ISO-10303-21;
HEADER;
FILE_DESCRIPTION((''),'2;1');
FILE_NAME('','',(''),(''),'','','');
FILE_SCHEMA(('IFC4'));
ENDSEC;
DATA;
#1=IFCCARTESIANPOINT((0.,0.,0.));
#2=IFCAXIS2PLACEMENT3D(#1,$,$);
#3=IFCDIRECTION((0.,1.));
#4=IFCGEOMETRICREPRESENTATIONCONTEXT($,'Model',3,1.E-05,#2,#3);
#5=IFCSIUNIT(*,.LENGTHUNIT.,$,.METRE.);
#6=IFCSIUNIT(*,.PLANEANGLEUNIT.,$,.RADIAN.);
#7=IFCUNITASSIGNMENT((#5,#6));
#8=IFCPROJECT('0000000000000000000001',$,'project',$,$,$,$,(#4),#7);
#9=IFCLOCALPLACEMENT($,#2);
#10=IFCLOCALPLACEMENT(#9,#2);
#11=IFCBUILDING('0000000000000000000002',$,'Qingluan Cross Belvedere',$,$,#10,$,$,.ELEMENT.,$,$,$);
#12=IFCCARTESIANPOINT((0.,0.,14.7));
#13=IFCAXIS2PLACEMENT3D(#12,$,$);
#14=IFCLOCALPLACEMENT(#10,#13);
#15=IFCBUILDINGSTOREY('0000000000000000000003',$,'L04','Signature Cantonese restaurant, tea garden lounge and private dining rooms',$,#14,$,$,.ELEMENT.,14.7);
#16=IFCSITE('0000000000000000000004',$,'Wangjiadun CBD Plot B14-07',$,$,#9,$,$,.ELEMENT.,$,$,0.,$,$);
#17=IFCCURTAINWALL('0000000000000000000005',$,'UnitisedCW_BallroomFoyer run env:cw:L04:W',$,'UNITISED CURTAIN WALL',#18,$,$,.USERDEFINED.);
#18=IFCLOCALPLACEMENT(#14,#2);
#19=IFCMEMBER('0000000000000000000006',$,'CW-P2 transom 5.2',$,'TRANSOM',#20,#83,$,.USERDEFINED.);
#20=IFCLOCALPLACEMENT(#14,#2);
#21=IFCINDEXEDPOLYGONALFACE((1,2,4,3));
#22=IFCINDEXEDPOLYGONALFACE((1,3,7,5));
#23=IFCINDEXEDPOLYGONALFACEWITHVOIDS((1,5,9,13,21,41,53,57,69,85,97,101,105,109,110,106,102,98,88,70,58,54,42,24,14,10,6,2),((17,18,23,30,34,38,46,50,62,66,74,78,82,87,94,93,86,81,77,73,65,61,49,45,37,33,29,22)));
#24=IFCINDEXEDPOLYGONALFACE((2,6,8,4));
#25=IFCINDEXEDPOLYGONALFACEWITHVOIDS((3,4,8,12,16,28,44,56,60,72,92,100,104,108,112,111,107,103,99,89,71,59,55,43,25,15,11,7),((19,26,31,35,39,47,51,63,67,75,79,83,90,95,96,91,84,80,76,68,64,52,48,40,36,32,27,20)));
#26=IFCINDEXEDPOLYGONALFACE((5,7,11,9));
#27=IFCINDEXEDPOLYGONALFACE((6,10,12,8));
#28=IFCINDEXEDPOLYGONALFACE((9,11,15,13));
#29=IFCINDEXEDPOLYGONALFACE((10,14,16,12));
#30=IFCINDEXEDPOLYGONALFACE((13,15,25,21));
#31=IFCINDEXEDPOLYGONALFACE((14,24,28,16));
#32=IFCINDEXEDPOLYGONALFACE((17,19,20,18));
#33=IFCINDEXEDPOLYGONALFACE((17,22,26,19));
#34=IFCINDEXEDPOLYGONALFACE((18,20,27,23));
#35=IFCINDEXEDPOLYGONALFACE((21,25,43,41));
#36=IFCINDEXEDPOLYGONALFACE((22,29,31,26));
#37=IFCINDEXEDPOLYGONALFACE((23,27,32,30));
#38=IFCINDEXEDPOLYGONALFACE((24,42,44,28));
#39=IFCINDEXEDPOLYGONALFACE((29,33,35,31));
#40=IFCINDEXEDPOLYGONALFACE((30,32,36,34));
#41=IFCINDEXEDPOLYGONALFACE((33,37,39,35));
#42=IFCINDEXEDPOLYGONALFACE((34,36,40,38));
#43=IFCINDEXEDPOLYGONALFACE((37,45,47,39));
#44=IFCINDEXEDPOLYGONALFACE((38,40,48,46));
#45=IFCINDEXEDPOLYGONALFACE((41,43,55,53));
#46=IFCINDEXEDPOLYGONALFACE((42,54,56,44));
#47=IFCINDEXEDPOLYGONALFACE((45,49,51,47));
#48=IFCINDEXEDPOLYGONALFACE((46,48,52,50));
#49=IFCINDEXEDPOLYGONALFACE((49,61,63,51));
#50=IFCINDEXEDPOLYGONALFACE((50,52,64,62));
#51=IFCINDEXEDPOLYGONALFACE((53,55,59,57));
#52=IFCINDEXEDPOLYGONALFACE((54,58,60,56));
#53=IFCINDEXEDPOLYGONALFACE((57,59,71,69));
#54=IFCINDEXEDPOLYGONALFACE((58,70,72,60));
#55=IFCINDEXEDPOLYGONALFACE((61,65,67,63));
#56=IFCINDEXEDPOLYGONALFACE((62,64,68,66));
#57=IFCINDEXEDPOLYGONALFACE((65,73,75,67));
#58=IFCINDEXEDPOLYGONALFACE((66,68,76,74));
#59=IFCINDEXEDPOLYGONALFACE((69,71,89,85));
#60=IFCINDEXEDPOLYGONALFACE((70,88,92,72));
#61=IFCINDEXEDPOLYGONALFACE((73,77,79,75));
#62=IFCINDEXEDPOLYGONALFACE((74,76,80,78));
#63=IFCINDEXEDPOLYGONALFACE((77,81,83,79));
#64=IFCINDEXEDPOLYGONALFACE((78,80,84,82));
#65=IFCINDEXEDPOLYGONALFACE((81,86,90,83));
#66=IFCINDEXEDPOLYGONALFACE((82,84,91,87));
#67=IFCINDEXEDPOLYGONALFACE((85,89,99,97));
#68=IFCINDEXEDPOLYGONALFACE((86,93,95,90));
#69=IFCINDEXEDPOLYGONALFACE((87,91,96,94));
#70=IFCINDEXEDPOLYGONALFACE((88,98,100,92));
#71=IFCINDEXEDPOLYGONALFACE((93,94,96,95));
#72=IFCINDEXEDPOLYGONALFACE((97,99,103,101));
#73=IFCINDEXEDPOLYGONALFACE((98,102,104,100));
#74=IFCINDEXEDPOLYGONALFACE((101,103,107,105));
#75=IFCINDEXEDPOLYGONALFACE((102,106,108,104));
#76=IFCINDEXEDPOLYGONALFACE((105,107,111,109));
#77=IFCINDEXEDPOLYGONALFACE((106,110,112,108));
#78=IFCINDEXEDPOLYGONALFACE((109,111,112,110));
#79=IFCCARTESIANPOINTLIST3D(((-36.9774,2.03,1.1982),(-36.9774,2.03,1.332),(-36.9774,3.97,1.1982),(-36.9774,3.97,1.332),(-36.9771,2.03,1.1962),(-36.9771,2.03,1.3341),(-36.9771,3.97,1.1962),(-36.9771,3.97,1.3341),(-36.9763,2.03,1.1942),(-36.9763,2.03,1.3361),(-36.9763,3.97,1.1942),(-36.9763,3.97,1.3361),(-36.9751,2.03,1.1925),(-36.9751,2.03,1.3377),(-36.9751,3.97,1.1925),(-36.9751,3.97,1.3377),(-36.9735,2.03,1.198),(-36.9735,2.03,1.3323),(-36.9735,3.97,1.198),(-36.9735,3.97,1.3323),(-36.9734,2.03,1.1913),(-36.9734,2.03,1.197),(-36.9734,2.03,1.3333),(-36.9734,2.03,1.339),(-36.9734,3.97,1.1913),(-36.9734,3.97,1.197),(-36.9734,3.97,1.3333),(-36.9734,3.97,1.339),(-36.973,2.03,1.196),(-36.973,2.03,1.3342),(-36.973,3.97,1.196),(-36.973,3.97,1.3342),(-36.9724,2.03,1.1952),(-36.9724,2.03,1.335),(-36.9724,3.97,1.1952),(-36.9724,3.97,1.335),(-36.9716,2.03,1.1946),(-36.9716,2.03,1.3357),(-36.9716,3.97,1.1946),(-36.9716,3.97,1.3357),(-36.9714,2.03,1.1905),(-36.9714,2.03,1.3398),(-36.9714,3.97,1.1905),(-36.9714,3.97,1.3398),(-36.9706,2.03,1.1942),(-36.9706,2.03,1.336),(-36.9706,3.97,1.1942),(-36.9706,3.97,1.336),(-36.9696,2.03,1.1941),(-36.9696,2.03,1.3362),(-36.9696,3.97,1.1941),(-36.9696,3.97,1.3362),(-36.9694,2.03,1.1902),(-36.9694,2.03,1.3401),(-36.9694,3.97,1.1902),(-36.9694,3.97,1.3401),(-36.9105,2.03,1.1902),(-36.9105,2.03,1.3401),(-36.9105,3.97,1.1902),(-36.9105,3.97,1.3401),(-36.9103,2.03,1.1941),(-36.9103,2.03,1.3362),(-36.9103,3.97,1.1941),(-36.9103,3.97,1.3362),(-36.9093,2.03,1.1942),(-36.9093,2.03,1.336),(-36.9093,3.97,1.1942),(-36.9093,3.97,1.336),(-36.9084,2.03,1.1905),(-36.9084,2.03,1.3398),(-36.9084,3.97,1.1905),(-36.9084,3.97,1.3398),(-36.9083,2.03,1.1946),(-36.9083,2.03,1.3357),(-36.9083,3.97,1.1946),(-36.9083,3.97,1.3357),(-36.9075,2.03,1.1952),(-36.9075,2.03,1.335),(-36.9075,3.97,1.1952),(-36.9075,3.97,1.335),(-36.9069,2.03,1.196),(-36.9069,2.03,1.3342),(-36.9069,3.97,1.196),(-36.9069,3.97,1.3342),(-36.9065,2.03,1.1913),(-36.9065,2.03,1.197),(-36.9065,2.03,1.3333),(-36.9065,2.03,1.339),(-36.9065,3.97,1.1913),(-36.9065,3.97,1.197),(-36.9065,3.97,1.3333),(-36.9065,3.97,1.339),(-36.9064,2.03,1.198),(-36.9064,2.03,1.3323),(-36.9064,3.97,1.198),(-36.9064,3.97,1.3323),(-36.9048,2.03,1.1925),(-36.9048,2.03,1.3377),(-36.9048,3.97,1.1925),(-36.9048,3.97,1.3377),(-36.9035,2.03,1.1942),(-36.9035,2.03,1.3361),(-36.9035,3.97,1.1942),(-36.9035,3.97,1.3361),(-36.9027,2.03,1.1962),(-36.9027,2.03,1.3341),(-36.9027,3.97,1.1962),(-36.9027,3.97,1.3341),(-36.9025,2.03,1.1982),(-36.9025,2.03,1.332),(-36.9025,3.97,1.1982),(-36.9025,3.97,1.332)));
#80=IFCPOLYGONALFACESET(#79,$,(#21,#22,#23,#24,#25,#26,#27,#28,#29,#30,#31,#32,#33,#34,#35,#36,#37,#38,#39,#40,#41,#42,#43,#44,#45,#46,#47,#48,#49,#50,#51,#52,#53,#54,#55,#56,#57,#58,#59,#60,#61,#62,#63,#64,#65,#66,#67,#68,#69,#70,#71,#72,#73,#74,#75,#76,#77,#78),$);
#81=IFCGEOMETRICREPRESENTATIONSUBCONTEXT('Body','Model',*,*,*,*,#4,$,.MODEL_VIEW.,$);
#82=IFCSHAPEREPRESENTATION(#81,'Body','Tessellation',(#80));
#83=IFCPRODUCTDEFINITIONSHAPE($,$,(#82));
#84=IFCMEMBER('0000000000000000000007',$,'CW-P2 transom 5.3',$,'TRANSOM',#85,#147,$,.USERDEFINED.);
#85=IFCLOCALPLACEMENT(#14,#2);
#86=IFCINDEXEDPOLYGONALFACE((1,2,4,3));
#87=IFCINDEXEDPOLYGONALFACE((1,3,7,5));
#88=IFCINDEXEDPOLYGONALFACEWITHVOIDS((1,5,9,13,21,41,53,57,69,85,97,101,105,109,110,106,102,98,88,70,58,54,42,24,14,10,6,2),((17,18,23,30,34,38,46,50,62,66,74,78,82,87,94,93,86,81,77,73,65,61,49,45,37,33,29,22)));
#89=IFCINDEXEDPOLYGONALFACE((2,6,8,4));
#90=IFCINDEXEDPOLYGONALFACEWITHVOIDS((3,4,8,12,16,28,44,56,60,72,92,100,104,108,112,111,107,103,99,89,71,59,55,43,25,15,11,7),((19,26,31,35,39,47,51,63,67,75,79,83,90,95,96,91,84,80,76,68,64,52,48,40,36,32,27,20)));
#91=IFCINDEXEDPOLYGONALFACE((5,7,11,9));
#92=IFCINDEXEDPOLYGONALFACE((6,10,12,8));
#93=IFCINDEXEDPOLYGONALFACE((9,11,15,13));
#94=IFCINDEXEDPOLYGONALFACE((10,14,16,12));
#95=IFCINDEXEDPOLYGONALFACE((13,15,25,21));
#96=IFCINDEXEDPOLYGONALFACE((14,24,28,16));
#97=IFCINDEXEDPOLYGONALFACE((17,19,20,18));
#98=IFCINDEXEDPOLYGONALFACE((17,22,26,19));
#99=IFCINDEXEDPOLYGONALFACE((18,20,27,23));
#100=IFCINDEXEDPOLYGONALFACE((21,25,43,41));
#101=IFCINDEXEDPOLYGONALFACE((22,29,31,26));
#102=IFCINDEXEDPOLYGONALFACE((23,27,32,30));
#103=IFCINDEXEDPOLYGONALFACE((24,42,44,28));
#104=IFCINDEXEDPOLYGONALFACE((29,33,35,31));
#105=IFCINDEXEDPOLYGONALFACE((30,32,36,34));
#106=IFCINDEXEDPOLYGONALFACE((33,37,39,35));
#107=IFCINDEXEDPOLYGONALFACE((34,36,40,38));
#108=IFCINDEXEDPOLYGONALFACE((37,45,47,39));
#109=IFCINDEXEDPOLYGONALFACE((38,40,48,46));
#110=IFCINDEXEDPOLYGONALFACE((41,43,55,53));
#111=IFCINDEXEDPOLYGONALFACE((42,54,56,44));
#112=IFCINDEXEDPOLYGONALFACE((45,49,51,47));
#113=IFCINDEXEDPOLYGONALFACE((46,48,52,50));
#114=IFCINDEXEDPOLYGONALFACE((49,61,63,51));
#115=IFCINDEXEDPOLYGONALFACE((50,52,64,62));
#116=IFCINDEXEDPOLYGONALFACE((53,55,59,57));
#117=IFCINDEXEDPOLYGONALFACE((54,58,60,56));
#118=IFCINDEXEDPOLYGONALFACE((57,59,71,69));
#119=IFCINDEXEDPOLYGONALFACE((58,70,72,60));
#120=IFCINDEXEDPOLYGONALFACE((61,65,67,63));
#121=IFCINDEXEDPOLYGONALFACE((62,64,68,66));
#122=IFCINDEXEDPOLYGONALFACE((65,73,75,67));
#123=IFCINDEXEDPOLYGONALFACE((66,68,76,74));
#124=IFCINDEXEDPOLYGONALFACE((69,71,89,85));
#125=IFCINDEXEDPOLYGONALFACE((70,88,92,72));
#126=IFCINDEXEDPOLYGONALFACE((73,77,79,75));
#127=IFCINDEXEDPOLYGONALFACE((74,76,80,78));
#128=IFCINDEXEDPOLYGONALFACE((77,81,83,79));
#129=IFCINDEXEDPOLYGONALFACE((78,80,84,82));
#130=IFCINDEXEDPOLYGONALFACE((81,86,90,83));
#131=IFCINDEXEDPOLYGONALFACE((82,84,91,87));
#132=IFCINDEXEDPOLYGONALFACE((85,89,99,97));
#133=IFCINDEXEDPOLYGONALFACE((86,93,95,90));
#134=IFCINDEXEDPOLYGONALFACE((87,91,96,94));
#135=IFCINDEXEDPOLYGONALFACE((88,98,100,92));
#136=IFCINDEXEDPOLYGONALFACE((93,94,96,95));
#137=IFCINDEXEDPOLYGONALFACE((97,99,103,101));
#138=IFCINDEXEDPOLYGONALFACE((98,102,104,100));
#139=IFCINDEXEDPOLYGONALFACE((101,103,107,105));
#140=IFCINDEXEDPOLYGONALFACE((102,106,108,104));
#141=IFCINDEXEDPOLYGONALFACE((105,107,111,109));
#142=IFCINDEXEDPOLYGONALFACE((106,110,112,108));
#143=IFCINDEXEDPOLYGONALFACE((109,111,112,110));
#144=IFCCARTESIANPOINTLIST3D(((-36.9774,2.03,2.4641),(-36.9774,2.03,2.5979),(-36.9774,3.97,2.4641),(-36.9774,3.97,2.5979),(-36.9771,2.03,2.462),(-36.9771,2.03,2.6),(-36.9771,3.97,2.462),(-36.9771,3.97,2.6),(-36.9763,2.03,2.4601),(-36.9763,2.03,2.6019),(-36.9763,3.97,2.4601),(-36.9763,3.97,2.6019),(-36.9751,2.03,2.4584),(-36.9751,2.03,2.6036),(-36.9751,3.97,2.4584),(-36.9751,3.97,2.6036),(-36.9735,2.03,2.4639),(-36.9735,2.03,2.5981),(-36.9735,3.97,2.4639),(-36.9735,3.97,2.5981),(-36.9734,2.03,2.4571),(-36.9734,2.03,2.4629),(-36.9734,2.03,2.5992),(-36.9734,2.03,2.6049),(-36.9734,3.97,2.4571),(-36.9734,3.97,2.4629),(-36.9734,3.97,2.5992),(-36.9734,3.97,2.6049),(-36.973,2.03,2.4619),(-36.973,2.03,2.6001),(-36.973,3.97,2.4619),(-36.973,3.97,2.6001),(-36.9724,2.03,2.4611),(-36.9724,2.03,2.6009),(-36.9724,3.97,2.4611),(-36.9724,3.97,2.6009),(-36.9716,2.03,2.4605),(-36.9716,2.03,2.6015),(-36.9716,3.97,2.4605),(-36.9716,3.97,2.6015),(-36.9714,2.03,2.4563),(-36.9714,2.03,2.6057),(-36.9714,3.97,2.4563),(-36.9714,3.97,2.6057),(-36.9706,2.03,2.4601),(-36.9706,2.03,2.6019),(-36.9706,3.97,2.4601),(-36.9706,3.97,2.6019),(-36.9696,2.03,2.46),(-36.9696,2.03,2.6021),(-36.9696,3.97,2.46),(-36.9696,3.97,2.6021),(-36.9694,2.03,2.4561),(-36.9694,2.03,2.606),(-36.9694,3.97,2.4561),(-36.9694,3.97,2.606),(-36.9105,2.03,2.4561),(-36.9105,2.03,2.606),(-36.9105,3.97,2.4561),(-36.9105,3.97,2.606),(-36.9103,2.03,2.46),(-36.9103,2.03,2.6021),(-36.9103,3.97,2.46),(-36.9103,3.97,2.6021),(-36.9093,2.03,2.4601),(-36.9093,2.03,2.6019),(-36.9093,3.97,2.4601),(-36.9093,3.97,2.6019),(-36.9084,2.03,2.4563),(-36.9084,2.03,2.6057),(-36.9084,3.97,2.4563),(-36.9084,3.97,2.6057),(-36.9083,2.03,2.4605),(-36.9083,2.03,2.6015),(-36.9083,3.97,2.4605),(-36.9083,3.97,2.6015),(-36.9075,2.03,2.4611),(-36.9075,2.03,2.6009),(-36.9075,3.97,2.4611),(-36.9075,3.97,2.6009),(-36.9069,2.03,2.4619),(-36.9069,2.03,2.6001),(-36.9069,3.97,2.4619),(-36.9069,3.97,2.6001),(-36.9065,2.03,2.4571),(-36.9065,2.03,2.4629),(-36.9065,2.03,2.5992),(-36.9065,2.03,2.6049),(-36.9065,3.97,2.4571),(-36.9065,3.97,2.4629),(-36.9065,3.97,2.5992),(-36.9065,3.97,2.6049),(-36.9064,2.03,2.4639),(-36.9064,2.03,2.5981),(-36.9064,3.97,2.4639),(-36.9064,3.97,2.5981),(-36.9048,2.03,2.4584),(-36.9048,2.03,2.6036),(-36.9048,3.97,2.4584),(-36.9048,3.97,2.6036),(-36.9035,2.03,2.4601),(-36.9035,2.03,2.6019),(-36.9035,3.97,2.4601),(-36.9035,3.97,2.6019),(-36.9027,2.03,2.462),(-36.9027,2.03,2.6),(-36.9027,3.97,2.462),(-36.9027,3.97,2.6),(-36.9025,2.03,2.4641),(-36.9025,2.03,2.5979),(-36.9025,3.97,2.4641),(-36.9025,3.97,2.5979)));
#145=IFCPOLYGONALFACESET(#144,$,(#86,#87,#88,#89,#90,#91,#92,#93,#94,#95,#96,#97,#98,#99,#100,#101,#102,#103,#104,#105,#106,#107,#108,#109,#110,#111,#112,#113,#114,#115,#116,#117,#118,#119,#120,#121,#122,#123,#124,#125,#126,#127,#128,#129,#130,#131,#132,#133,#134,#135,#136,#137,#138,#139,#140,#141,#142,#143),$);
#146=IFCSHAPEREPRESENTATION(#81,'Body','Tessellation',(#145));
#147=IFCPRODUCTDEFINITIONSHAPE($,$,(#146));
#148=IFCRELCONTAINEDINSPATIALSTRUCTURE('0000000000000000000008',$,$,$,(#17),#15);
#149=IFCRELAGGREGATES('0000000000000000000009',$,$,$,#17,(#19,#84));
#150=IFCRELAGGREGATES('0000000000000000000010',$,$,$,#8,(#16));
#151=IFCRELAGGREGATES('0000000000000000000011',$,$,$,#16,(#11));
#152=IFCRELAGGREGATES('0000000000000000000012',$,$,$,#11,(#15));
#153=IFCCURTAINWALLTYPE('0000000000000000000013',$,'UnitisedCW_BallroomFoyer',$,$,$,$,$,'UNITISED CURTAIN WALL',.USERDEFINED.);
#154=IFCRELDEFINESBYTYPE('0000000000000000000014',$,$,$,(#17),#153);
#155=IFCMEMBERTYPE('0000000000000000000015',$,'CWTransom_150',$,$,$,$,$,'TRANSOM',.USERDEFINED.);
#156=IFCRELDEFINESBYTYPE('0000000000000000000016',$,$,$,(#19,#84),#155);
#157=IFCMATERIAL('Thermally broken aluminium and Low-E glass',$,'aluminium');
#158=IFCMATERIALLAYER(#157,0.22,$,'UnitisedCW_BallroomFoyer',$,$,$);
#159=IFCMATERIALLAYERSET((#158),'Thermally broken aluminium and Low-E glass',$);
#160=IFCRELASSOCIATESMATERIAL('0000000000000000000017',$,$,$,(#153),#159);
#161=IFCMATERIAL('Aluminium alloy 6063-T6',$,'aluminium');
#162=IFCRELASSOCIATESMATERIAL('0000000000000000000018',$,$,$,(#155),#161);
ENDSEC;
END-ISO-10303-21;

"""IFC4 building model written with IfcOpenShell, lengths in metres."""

from ifc_helpers import new_model, si_unit, direction, frame, origin, origin_2d, place, context, subcontext, project, spatial, hollow_rectangle, extrude, material, layer, layer_set, material_profile, profile_set, type_object, element, aggregate, save


model = new_model("IFC4")

# Units and contexts
model_context = context("Model", 3, precision=1e-05, world=origin(), true_north=direction((0.0, 1.0)))
body_context = subcontext(model_context, "Body", "Model", "MODEL_VIEW")
ifc_project = project(units=[si_unit("LENGTHUNIT", "METRE"), si_unit("PLANEANGLEUNIT", "RADIAN")], contexts=[model_context])

# Site, building, storey
site_placement = place(None, origin())
site = spatial("IfcSite", under=ifc_project, at=site_placement, Name="Wangjiadun CBD Plot B14-07", CompositionType="ELEMENT", RefElevation=0.0)
building_placement = place(site_placement, origin())
building = spatial("IfcBuilding", under=site, at=building_placement, Name="Qingluan Cross Belvedere", CompositionType="ELEMENT")
storey_placement = place(building_placement, frame((0.0, 0.0, 14.7)))
storey = spatial("IfcBuildingStorey", under=building, at=storey_placement, Name="L04", Description="Signature Cantonese restaurant, tea garden lounge and private dining rooms", CompositionType="ELEMENT", Elevation=14.7)

# Curtain wall, members
ifc_material_1 = material(Name="Thermally broken aluminium and Low-E glass", Category="aluminium")
ifc_layer_1 = layer(ifc_material_1, 0.22, Name="UnitisedCW_BallroomFoyer")
ifc_layer_set_1 = layer_set([ifc_layer_1], Name="Thermally broken aluminium and Low-E glass")
curtain_wall_type = type_object("IfcCurtainWallType", Name="UnitisedCW_BallroomFoyer", ElementType="UNITISED CURTAIN WALL", PredefinedType="USERDEFINED", material=ifc_layer_set_1)
curtain_wall_placement = place(storey_placement, origin())
curtain_wall = element("IfcCurtainWall", 1, at=curtain_wall_placement, inside=storey, type_object=curtain_wall_type, Name="UnitisedCW_BallroomFoyer run env:cw:L04:W", ObjectType="UNITISED CURTAIN WALL", PredefinedType="USERDEFINED")
ifc_material_2 = material(Name="Aluminium alloy 6063-T6", Category="aluminium")
ifc_material_profile_1 = material_profile(ifc_material_2, hollow_rectangle(XDim=0.075, YDim=0.1499, WallThickness=0.0039, InnerFilletRadius=0.0039, OuterFilletRadius=0.0081, at=origin_2d()), Name="CWT150x75x4")
ifc_profile_set_1 = profile_set([ifc_material_profile_1], Name="Aluminium alloy 6063-T6")
member_type_1 = type_object("IfcMemberType", Name="CWTransom_150", ElementType="TRANSOM", PredefinedType="USERDEFINED", material=ifc_profile_set_1)
member_1_placement = place(storey_placement, frame((-36.9399, 2.03, 1.2651), z_axis=(0.0, 1.0, 0.0), x_axis=(-1.0, 0.0, 0.0)))
member_1 = element("IfcMember", 2, at=member_1_placement, type_object=member_type_1, Name="CW-P2 transom 5.2", ObjectType="TRANSOM", PredefinedType="USERDEFINED", context=body_context, shape_type="SweptSolid", body=[
    extrude(hollow_rectangle(XDim=0.075, YDim=0.1499, WallThickness=0.0039, InnerFilletRadius=0.0039, OuterFilletRadius=0.0081, at=origin_2d()), origin(), (0.0, 0.0, 1.0), 1.9399),
])
member_2_placement = place(storey_placement, frame((-36.9399, 2.03, 2.531), z_axis=(0.0, 1.0, 0.0), x_axis=(-1.0, 0.0, 0.0)))
member_2 = element("IfcMember", 3, at=member_2_placement, type_object=member_type_1, Name="CW-P2 transom 5.3", ObjectType="TRANSOM", PredefinedType="USERDEFINED", context=body_context, shape_type="SweptSolid", body=[
    extrude(hollow_rectangle(XDim=0.075, YDim=0.1499, WallThickness=0.0039, InnerFilletRadius=0.0039, OuterFilletRadius=0.0081, at=origin_2d()), origin(), (0.0, 0.0, 1.0), 1.9399),
])
aggregate(curtain_wall, [member_1, member_2])

save(model, "model.ifc")
